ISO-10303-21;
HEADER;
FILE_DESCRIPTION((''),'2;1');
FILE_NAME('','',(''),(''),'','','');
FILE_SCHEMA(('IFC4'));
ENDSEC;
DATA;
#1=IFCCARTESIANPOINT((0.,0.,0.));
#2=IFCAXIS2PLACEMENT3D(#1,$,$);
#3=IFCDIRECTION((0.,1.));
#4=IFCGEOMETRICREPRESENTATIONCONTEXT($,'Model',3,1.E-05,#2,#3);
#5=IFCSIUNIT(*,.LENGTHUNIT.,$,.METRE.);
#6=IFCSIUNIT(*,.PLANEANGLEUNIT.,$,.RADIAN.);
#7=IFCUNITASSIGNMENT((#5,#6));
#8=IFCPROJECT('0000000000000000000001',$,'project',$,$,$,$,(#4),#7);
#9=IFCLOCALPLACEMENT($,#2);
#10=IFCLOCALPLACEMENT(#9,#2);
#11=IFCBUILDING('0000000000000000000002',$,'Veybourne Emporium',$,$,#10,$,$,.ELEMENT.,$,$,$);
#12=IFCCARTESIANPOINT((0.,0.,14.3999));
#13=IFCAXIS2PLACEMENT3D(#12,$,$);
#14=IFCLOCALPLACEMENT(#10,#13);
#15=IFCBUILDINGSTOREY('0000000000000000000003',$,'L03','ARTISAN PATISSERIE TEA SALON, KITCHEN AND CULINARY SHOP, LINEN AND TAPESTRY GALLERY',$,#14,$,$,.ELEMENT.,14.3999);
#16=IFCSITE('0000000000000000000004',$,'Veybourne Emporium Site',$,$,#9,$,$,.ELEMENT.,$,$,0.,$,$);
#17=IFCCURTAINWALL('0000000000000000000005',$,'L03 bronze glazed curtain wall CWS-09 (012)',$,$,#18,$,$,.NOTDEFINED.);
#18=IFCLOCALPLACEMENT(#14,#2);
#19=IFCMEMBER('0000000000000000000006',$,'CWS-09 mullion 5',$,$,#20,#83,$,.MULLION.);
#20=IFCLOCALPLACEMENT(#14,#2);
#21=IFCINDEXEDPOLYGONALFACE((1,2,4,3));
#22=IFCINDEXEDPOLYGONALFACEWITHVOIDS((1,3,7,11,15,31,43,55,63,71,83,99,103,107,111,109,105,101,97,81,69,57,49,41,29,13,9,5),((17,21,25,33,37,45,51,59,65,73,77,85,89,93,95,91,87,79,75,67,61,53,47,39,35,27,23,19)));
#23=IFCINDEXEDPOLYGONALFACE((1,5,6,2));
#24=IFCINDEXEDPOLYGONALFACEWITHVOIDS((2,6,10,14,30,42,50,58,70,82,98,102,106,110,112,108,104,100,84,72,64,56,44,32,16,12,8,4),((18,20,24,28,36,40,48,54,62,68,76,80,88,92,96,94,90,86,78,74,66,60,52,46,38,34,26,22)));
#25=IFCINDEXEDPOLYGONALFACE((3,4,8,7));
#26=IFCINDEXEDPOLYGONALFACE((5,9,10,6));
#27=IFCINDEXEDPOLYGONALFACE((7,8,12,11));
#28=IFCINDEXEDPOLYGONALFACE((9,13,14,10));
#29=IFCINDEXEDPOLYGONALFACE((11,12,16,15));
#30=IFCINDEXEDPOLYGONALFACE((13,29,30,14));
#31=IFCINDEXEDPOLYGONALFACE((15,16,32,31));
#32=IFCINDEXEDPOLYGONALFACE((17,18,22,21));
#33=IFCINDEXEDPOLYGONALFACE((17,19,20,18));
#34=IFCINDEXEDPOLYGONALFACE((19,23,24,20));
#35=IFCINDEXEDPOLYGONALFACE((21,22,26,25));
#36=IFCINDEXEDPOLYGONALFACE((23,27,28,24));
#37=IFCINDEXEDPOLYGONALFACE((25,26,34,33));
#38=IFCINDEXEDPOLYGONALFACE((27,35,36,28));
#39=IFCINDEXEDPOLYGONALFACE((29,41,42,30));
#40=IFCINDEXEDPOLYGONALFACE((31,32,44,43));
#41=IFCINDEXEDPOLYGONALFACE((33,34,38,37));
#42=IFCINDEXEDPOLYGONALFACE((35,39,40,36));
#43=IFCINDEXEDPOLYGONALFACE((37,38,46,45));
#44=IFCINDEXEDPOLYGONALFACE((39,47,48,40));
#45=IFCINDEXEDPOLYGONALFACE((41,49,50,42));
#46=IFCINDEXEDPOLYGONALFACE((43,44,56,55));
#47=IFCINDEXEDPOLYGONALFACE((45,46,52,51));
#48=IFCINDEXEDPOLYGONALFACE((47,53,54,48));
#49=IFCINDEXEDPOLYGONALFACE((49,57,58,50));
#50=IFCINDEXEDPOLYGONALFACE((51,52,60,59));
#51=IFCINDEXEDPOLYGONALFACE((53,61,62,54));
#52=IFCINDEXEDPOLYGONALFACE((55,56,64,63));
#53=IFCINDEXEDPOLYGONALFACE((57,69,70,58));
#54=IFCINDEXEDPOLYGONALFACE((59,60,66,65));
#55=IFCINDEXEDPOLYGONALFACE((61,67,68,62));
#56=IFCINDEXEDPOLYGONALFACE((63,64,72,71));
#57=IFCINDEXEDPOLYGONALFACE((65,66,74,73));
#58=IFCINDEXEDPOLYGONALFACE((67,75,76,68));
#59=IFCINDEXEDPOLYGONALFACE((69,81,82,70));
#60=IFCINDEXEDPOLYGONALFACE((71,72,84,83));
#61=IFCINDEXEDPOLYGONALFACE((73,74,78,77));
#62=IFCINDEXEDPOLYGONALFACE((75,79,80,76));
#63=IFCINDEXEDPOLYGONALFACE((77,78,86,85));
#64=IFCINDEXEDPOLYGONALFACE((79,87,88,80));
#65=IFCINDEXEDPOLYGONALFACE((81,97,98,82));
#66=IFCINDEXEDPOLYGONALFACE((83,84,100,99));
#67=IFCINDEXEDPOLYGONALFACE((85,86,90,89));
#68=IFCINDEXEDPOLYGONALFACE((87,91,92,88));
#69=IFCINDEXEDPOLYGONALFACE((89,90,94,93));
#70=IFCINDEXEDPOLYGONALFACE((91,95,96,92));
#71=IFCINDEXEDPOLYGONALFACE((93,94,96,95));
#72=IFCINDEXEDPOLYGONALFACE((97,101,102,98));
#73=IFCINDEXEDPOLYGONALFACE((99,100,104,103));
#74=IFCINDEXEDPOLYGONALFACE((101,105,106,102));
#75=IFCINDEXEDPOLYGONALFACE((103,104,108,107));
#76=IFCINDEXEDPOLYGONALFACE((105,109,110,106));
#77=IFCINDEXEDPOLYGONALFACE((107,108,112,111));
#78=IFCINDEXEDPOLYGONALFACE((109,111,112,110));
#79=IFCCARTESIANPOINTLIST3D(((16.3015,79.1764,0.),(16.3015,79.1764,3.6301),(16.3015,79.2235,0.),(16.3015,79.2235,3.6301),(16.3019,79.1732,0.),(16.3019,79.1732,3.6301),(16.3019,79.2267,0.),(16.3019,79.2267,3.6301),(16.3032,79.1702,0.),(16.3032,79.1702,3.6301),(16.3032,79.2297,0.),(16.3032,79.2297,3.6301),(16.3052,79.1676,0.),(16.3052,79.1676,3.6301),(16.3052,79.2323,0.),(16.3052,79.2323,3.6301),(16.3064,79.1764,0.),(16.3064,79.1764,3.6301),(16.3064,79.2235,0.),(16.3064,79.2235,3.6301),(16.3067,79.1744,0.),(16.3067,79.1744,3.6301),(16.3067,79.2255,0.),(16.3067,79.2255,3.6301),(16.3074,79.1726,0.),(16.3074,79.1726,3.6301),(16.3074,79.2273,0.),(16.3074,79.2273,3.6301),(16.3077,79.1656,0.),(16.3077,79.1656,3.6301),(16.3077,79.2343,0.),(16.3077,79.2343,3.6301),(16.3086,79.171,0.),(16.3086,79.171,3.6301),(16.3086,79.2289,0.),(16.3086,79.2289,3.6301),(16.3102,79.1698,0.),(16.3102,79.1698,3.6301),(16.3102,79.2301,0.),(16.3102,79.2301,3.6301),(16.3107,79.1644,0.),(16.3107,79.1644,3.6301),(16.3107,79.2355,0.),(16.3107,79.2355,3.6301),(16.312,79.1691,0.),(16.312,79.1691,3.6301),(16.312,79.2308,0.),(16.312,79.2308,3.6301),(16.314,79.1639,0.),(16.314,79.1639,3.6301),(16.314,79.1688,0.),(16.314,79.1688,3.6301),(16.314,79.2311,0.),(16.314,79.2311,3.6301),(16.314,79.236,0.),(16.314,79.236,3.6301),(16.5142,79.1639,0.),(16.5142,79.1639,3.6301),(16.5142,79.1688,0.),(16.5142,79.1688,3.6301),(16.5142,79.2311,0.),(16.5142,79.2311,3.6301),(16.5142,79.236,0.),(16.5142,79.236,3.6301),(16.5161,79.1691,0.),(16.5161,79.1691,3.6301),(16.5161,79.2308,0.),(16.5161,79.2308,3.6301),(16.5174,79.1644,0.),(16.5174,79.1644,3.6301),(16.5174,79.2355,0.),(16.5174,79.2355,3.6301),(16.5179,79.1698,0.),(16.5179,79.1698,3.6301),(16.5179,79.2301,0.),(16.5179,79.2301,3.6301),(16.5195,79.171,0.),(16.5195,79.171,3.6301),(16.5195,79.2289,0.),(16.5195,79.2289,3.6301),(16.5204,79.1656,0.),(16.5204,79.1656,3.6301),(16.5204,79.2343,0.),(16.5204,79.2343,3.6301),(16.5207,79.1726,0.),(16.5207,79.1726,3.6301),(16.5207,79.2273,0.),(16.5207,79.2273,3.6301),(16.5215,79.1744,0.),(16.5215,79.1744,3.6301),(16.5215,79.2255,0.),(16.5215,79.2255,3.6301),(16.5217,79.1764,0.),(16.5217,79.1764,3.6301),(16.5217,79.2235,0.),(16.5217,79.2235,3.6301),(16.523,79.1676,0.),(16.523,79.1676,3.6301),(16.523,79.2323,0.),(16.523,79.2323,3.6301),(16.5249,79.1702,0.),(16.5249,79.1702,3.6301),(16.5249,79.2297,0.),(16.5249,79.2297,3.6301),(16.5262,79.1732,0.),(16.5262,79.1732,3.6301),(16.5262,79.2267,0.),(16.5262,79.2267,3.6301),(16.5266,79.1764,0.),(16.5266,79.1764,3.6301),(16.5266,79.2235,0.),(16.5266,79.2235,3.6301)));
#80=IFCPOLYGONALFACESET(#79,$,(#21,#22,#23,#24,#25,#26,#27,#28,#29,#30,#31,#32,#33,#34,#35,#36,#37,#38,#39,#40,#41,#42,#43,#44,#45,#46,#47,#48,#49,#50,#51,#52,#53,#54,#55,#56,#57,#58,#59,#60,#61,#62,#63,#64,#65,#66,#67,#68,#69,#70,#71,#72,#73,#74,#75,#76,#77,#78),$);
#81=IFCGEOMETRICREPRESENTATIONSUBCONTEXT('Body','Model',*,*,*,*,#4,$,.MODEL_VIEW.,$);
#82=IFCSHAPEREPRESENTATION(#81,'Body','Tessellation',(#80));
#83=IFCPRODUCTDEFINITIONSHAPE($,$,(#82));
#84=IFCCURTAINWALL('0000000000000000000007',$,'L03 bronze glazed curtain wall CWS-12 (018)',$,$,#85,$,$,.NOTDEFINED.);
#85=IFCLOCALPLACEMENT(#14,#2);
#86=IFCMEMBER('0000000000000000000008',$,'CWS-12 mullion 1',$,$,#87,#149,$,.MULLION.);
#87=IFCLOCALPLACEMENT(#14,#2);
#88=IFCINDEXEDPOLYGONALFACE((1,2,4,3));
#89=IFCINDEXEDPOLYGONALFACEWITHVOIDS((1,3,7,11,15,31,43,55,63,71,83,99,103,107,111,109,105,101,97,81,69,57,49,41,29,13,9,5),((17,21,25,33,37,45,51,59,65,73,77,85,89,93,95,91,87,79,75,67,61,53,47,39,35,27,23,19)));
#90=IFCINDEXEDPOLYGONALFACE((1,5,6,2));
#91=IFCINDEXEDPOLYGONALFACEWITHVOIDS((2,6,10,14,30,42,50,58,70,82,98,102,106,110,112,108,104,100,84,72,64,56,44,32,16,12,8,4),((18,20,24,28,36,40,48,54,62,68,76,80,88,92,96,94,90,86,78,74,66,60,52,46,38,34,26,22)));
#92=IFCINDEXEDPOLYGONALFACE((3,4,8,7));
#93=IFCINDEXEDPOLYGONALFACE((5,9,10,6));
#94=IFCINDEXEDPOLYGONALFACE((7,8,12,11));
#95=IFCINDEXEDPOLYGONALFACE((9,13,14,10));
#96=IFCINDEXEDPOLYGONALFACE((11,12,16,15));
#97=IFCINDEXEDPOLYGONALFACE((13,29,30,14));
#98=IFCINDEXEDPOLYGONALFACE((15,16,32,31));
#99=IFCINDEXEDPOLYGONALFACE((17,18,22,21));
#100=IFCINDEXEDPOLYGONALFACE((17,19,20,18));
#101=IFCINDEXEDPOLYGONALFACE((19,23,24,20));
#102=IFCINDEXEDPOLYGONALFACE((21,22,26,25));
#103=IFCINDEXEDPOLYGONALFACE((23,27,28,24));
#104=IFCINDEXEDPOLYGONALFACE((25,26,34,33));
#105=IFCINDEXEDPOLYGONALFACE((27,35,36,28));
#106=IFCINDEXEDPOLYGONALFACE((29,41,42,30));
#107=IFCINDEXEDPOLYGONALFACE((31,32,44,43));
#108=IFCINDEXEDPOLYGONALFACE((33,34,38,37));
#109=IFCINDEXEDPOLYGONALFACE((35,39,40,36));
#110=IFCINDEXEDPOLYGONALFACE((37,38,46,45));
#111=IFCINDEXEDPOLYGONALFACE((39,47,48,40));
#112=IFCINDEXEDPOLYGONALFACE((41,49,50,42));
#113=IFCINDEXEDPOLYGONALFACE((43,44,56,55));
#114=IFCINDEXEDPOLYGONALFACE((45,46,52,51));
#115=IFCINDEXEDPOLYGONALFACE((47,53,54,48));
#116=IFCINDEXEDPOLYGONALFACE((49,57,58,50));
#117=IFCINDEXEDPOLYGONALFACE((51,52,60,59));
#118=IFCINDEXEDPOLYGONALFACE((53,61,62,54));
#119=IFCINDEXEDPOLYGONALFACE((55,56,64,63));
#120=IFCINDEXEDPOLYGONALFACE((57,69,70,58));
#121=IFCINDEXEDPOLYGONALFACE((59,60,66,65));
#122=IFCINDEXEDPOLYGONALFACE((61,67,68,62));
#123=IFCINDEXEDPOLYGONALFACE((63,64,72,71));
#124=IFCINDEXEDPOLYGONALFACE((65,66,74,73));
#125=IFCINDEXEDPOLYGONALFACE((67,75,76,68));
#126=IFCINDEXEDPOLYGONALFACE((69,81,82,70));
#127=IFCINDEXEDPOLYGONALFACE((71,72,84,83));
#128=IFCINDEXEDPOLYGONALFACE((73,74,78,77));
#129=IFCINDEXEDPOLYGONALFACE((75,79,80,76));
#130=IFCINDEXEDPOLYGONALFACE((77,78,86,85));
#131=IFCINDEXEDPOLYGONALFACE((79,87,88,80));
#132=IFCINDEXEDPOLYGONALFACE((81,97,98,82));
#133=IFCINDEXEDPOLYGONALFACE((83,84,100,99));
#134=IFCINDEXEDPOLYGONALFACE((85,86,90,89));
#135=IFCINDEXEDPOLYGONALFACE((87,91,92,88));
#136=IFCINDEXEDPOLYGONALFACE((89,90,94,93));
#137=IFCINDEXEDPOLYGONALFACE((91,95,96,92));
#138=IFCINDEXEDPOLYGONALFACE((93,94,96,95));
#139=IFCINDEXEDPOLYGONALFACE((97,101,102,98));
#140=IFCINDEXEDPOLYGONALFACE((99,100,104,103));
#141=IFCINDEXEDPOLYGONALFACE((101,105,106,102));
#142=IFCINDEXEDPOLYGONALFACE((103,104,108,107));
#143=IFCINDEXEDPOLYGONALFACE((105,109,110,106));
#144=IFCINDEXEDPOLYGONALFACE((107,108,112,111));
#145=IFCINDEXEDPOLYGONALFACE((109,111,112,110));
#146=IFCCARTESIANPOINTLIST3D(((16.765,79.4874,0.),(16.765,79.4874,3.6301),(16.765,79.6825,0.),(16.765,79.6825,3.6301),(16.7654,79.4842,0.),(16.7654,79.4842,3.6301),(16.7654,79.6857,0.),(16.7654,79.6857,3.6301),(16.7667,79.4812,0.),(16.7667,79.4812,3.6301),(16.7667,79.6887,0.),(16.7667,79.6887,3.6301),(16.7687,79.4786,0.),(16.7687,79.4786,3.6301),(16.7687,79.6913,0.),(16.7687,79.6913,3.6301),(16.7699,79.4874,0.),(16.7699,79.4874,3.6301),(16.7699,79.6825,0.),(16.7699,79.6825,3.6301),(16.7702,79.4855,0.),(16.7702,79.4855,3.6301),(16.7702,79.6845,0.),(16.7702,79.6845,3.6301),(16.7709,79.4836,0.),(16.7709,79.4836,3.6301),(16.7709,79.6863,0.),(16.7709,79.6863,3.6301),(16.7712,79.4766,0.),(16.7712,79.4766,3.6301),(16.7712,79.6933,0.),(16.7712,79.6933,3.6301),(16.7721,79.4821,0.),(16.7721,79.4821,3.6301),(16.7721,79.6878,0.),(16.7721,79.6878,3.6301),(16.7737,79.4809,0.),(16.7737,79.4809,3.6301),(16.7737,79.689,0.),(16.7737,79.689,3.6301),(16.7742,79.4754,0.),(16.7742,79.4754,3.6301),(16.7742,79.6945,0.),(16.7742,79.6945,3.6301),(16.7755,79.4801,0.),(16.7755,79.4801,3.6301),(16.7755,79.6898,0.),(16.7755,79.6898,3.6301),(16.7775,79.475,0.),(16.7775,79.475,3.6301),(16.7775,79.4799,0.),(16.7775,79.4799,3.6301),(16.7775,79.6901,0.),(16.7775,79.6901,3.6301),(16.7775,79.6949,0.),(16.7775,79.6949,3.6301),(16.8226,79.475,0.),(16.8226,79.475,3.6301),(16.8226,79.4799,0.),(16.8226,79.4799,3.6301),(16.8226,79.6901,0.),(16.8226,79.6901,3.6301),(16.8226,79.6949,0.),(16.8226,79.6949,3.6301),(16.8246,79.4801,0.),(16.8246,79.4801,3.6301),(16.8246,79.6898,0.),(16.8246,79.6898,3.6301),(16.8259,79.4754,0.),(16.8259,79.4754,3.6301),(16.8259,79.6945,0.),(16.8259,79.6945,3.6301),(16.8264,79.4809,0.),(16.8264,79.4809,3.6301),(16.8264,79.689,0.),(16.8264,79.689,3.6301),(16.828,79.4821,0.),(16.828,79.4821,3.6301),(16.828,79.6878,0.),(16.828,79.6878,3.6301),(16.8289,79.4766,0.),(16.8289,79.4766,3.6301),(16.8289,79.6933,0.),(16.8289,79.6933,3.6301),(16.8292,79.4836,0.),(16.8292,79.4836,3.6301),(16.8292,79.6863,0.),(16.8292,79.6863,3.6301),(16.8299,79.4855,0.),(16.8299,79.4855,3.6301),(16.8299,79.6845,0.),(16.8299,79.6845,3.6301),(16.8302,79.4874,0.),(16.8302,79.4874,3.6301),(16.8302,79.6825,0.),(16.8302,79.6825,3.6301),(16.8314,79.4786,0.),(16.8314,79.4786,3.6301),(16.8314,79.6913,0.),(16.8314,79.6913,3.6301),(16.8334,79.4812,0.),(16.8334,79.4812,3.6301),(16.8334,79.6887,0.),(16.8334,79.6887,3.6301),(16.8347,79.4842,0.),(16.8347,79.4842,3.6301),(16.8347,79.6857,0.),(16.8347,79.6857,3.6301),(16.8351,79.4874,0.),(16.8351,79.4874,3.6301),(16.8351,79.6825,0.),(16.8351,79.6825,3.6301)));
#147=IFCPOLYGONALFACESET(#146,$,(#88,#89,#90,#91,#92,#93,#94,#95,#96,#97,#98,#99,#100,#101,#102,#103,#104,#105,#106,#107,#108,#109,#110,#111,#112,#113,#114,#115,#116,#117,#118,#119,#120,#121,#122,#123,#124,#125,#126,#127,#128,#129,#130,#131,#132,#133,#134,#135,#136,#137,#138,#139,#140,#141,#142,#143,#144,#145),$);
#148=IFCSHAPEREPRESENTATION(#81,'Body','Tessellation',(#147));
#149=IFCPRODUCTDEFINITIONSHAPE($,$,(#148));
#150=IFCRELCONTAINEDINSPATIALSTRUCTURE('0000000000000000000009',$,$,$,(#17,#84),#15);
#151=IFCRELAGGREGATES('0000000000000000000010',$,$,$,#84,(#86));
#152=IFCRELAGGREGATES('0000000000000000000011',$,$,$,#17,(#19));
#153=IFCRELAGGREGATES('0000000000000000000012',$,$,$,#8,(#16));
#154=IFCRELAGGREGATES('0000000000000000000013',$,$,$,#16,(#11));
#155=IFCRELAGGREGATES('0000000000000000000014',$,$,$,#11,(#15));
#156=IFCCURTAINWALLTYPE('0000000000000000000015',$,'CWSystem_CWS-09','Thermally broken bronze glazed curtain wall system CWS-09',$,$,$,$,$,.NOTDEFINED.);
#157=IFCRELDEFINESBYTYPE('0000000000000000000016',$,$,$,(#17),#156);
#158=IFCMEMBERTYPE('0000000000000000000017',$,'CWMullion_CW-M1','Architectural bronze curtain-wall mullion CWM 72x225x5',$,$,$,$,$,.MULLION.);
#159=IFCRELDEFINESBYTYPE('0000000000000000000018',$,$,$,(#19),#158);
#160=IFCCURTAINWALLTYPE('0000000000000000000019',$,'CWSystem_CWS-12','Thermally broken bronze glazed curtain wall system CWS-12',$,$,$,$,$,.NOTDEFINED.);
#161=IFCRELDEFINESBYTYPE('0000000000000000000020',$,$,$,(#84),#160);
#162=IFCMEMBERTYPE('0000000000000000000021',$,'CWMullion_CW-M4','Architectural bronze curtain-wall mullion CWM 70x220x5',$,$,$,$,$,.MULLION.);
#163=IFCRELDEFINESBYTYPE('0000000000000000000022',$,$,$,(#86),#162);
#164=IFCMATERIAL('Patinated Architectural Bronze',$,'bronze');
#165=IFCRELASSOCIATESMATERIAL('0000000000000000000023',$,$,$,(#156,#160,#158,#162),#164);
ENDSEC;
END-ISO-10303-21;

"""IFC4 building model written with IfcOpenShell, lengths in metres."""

from ifc_helpers import new_model, si_unit, direction, frame, origin, origin_2d, place, context, subcontext, project, spatial, hollow_rectangle, extrude, material, material_profile, profile_set, type_object, element, aggregate, save


model = new_model("IFC4")

# Units and contexts
model_context = context("Model", 3, precision=1e-05, world=origin(), true_north=direction((0.0, 1.0)))
body_context = subcontext(model_context, "Body", "Model", "MODEL_VIEW")
ifc_project = project(units=[si_unit("LENGTHUNIT", "METRE"), si_unit("PLANEANGLEUNIT", "RADIAN")], contexts=[model_context])

# Site, building, storey
site_placement = place(None, origin())
site = spatial("IfcSite", under=ifc_project, at=site_placement, Name="Veybourne Emporium Site", CompositionType="ELEMENT", RefElevation=0.0)
building_placement = place(site_placement, origin())
building = spatial("IfcBuilding", under=site, at=building_placement, Name="Veybourne Emporium", CompositionType="ELEMENT")
storey_placement = place(building_placement, frame((0.0, 0.0, 14.3999)))
storey = spatial("IfcBuildingStorey", under=building, at=storey_placement, Name="L03", Description="ARTISAN PATISSERIE TEA SALON, KITCHEN AND CULINARY SHOP, LINEN AND TAPESTRY GALLERY", CompositionType="ELEMENT", Elevation=14.3999)

# Curtain wall, member
ifc_material_1 = material(Name="Patinated Architectural Bronze", Category="bronze")
curtain_wall_type_1 = type_object("IfcCurtainWallType", Name="CWSystem_CWS-09", Description="Thermally broken bronze glazed curtain wall system CWS-09", PredefinedType="NOTDEFINED", material=ifc_material_1)
curtain_wall_1_placement = place(storey_placement, origin())
curtain_wall_1 = element("IfcCurtainWall", 1, at=curtain_wall_1_placement, inside=storey, type_object=curtain_wall_type_1, Name="L03 bronze glazed curtain wall CWS-09 (012)", PredefinedType="NOTDEFINED")
ifc_material_profile_1 = material_profile(ifc_material_1, hollow_rectangle(XDim=0.072, YDim=0.2251, WallThickness=0.0049, InnerFilletRadius=0.0076, OuterFilletRadius=0.0125, at=origin_2d()), Name="CWM 72x225x5")
ifc_profile_set_1 = profile_set([ifc_material_profile_1], Name="Patinated Architectural Bronze")
member_type_1 = type_object("IfcMemberType", Name="CWMullion_CW-M1", Description="Architectural bronze curtain-wall mullion CWM 72x225x5", PredefinedType="MULLION", material=ifc_profile_set_1)
member_1_placement = place(storey_placement, frame((16.4141, 79.2, 0.0), z_axis=(0.0, 0.0, 1.0), x_axis=(0.0, 1.0, 0.0)))
member_1 = element("IfcMember", 2, at=member_1_placement, type_object=member_type_1, Name="CWS-09 mullion 5", PredefinedType="MULLION", context=body_context, shape_type="SweptSolid", body=[
    extrude(hollow_rectangle(XDim=0.072, YDim=0.2251, WallThickness=0.0049, InnerFilletRadius=0.0076, OuterFilletRadius=0.0125, at=origin_2d()), origin(), (0.0, 0.0, 1.0), 3.6301),
])

# Curtain wall, member
curtain_wall_type_2 = type_object("IfcCurtainWallType", Name="CWSystem_CWS-12", Description="Thermally broken bronze glazed curtain wall system CWS-12", PredefinedType="NOTDEFINED", material=ifc_material_1)
curtain_wall_2_placement = place(storey_placement, origin())
curtain_wall_2 = element("IfcCurtainWall", 3, at=curtain_wall_2_placement, inside=storey, type_object=curtain_wall_type_2, Name="L03 bronze glazed curtain wall CWS-12 (018)", PredefinedType="NOTDEFINED")
ifc_material_profile_2 = material_profile(ifc_material_1, hollow_rectangle(XDim=0.0701, YDim=0.22, WallThickness=0.0049, InnerFilletRadius=0.0076, OuterFilletRadius=0.0125, at=origin_2d()), Name="CWM 70x220x5")
ifc_profile_set_2 = profile_set([ifc_material_profile_2], Name="Patinated Architectural Bronze")
member_type_2 = type_object("IfcMemberType", Name="CWMullion_CW-M4", Description="Architectural bronze curtain-wall mullion CWM 70x220x5", PredefinedType="MULLION", material=ifc_profile_set_2)
member_2_placement = place(storey_placement, frame((16.8, 79.585, 0.0), z_axis=(0.0, 0.0, 1.0), x_axis=(-1.0, 0.0, 0.0)))
member_2 = element("IfcMember", 4, at=member_2_placement, type_object=member_type_2, Name="CWS-12 mullion 1", PredefinedType="MULLION", context=body_context, shape_type="SweptSolid", body=[
    extrude(hollow_rectangle(XDim=0.0701, YDim=0.22, WallThickness=0.0049, InnerFilletRadius=0.0076, OuterFilletRadius=0.0125, at=origin_2d()), origin(), (0.0, 0.0, 1.0), 3.6301),
])

aggregate(curtain_wall_2, [member_2])

aggregate(curtain_wall_1, [member_1])

save(model, "model.ifc")
